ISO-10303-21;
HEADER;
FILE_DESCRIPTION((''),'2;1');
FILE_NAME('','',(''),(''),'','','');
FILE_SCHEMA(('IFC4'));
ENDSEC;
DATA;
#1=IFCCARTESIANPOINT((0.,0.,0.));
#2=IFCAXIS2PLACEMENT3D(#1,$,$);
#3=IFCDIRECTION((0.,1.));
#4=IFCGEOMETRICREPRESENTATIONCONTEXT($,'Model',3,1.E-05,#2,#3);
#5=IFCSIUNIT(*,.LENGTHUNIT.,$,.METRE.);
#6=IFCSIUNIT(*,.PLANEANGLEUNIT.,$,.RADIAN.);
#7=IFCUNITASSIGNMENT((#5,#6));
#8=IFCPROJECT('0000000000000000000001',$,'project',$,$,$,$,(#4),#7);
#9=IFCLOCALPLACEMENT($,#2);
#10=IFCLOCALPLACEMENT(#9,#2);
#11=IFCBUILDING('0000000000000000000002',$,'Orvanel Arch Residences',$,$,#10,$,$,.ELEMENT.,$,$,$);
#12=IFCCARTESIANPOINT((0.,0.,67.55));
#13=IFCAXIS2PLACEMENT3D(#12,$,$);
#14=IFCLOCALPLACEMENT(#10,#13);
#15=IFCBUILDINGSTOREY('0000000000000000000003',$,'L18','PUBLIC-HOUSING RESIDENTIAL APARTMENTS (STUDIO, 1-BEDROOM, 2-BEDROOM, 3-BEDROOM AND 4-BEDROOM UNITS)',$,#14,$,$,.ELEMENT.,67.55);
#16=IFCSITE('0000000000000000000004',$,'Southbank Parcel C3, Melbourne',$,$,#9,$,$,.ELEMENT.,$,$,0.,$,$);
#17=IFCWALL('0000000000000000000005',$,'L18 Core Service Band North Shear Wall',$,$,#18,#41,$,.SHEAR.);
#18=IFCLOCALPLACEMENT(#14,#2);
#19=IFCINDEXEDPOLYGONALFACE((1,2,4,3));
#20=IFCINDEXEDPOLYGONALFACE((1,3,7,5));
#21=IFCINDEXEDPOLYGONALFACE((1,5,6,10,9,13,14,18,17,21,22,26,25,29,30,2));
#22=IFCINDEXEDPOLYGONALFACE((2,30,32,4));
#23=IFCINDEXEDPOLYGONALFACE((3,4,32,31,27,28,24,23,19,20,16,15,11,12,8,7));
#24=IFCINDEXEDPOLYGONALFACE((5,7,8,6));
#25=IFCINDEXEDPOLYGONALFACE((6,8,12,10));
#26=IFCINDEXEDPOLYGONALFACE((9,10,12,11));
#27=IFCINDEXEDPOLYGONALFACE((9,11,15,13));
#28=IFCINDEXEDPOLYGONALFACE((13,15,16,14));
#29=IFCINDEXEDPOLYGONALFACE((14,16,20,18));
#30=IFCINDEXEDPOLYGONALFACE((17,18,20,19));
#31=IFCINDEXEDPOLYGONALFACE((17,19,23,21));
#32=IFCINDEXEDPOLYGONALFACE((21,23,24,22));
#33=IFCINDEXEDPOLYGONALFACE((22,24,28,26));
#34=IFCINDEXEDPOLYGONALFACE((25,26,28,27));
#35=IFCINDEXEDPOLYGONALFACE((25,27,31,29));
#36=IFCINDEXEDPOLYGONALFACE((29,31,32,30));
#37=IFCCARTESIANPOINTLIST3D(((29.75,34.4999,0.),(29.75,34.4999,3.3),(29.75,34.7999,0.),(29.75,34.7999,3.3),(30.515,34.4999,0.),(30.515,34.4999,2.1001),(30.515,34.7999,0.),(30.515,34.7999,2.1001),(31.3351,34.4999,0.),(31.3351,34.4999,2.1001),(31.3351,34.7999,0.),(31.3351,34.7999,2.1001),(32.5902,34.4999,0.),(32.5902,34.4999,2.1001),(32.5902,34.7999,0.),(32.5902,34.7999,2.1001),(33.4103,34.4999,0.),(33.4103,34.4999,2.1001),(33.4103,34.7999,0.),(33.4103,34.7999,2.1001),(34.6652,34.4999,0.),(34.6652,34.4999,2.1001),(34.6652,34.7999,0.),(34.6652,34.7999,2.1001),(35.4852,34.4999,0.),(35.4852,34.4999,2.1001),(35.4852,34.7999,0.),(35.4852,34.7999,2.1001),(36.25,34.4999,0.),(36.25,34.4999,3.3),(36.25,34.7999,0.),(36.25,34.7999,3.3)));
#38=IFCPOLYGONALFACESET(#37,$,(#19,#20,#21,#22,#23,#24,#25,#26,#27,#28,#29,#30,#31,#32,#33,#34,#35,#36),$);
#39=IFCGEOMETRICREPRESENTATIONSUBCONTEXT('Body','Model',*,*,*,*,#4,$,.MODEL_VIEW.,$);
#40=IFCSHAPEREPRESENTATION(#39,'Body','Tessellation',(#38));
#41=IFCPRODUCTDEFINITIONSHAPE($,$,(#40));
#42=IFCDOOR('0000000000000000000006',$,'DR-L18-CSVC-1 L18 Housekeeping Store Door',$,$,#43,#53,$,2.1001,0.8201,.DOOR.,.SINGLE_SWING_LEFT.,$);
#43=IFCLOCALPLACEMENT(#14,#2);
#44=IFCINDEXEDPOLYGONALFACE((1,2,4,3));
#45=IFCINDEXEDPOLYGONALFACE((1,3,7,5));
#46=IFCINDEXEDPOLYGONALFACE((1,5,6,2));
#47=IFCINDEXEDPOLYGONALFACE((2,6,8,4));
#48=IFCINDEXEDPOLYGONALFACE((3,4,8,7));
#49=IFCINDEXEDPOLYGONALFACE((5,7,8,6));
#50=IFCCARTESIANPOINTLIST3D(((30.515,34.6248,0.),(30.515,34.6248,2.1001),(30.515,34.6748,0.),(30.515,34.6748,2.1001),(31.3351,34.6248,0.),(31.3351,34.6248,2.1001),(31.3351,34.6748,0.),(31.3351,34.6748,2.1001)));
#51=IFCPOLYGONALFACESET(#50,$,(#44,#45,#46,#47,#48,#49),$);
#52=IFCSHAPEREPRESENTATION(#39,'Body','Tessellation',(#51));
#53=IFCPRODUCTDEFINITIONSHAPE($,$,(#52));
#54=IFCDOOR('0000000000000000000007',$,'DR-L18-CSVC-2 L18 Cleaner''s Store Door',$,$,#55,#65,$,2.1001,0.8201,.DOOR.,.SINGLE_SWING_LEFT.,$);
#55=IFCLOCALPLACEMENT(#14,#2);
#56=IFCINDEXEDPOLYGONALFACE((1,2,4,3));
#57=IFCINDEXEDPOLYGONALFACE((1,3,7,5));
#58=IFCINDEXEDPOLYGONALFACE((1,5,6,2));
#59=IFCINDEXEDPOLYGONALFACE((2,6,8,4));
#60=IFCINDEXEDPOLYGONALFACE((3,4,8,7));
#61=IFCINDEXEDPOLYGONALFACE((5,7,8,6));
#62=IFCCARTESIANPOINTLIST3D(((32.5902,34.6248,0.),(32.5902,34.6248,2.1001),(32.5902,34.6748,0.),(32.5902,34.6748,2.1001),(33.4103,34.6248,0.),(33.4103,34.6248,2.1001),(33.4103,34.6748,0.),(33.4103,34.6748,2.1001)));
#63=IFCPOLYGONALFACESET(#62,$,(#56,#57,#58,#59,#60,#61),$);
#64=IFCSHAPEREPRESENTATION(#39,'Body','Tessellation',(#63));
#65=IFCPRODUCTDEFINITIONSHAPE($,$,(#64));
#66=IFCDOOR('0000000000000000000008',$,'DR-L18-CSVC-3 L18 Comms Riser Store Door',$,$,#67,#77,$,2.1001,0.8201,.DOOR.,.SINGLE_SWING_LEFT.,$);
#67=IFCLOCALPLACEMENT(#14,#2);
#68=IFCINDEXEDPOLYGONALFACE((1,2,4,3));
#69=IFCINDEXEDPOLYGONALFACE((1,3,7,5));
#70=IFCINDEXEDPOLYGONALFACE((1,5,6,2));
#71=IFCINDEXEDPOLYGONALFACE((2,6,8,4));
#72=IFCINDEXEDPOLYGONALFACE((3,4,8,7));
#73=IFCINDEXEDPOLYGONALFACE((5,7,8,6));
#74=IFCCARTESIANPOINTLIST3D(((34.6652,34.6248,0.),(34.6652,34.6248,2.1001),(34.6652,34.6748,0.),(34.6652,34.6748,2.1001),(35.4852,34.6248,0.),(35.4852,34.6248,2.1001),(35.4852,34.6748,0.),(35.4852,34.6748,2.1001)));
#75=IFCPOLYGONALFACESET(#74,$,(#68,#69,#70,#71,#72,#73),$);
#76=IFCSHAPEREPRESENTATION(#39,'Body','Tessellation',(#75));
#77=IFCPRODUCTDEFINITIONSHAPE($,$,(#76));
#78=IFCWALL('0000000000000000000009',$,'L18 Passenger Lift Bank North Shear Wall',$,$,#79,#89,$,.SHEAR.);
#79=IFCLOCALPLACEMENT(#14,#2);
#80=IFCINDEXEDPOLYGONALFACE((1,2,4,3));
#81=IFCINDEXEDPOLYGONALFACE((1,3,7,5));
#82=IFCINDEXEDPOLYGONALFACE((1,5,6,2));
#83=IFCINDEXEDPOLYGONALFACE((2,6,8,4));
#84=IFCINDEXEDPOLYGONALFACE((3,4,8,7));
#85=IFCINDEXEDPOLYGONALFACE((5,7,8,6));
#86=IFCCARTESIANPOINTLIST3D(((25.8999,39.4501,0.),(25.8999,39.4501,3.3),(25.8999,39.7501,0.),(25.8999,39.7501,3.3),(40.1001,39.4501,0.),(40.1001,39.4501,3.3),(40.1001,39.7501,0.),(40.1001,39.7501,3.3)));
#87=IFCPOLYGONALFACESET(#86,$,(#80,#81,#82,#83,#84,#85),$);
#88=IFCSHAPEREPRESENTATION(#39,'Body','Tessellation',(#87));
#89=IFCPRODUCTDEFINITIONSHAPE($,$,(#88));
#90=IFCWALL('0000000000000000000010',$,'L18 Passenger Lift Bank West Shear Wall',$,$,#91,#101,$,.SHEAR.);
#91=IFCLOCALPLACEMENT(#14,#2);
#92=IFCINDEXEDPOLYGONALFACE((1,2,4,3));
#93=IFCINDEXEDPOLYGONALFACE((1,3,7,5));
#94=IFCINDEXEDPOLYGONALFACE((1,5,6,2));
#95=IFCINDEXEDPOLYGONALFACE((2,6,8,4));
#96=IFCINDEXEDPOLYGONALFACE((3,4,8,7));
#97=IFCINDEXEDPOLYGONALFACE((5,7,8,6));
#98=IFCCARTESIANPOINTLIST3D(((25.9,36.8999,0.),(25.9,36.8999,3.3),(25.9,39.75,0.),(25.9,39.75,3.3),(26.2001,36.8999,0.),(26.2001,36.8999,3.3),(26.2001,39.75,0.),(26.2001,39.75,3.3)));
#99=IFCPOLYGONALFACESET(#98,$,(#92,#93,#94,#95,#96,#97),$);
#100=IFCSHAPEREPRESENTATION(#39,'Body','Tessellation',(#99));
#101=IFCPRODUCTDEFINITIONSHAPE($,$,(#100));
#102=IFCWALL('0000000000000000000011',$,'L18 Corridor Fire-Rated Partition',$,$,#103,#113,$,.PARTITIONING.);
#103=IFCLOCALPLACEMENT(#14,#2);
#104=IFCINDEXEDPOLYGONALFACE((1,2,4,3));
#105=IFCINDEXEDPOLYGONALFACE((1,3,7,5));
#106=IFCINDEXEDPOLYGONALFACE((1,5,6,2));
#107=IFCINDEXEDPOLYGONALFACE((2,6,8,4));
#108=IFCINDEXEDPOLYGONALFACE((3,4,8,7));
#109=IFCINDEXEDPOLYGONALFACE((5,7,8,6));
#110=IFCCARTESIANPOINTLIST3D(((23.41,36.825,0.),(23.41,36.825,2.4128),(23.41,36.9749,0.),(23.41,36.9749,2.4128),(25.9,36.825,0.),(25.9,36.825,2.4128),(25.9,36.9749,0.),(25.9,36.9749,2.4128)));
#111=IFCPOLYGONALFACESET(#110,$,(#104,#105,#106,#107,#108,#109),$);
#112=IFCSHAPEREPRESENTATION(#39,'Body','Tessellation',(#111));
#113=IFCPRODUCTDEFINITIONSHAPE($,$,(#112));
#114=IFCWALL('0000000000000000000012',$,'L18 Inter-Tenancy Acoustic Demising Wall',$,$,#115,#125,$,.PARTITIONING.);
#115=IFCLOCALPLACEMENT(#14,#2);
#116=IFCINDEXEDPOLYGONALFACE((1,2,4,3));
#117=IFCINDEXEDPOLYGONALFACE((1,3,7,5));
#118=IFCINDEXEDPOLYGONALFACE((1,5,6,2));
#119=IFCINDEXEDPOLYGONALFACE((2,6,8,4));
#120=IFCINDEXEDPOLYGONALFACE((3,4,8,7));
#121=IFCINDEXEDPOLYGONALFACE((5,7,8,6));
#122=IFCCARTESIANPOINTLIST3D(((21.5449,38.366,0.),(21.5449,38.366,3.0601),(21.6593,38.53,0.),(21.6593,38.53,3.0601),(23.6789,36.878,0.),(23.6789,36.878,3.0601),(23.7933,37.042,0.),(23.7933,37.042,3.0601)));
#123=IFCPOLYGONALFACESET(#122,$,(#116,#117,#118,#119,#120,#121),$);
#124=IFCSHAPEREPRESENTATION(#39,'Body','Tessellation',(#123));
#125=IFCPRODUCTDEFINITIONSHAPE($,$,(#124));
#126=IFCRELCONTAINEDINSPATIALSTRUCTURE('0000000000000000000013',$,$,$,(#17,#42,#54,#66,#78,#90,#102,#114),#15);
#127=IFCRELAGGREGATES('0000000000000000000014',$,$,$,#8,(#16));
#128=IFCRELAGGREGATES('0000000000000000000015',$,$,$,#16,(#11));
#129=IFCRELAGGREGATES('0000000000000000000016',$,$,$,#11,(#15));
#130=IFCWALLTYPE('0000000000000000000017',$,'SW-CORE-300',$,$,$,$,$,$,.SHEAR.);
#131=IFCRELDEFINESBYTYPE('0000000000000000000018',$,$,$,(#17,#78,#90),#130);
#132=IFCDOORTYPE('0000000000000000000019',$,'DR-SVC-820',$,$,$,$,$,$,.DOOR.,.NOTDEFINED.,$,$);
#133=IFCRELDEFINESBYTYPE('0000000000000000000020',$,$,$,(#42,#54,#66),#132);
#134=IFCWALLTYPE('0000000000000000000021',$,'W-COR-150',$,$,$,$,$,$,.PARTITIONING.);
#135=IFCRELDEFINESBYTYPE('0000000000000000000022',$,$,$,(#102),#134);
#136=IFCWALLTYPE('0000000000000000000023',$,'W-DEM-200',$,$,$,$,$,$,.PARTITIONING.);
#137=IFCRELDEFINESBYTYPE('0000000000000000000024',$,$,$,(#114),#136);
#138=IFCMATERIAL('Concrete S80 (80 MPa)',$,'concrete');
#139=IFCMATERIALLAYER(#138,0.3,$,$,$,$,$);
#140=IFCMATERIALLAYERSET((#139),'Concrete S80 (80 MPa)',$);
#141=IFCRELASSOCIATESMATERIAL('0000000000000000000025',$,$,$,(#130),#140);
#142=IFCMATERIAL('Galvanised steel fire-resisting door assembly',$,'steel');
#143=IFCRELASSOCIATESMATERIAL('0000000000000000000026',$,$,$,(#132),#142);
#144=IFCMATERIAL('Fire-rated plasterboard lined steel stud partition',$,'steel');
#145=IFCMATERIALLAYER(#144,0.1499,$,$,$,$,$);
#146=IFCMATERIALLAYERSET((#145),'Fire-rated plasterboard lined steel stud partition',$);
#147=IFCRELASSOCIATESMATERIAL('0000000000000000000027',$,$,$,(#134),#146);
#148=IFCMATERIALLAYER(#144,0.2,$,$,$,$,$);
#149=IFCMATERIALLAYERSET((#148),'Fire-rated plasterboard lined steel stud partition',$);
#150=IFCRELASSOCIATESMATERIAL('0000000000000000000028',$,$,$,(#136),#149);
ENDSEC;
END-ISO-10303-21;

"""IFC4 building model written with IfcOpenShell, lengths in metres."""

from ifc_helpers import new_model, si_unit, direction, frame, frame_2d, origin, place, context, subcontext, project, spatial, rectangle, extrude, material, layer, layer_set, type_object, element, fill, save


model = new_model("IFC4")

# Units and contexts
model_context = context("Model", 3, precision=1e-05, world=origin(), true_north=direction((0.0, 1.0)))
body_context = subcontext(model_context, "Body", "Model", "MODEL_VIEW")
ifc_project = project(units=[si_unit("LENGTHUNIT", "METRE"), si_unit("PLANEANGLEUNIT", "RADIAN")], contexts=[model_context])

# Site, building, storey
site_placement = place(None, origin())
site = spatial("IfcSite", under=ifc_project, at=site_placement, Name="Southbank Parcel C3, Melbourne", CompositionType="ELEMENT", RefElevation=0.0)
building_placement = place(site_placement, origin())
building = spatial("IfcBuilding", under=site, at=building_placement, Name="Orvanel Arch Residences", CompositionType="ELEMENT")
storey_placement = place(building_placement, frame((0.0, 0.0, 67.55)))
storey = spatial("IfcBuildingStorey", under=building, at=storey_placement, Name="L18", Description="PUBLIC-HOUSING RESIDENTIAL APARTMENTS (STUDIO, 1-BEDROOM, 2-BEDROOM, 3-BEDROOM AND 4-BEDROOM UNITS)", CompositionType="ELEMENT", Elevation=67.55)

# Wall, openings, doors
ifc_material_1 = material(Name="Concrete S80 (80 MPa)", Category="concrete")
ifc_layer_1 = layer(ifc_material_1, 0.3)
ifc_layer_set_1 = layer_set([ifc_layer_1], Name="Concrete S80 (80 MPa)")
wall_type_1 = type_object("IfcWallType", Name="SW-CORE-300", PredefinedType="SHEAR", material=ifc_layer_set_1)
wall_1_placement = place(storey_placement, frame((29.75, 34.6499, 0.0), z_axis=(0.0, 0.0, 1.0), x_axis=(1.0, 0.0, 0.0)))
wall_1 = element("IfcWall", 1, at=wall_1_placement, inside=storey, type_object=wall_type_1, Name="L18 Core Service Band North Shear Wall", PredefinedType="SHEAR", context=body_context, shape_type="SweptSolid", body=[
    extrude(rectangle(XDim=6.5, YDim=0.3, at=frame_2d((3.25, 0.0))), origin(), (0.0, 0.0, 1.0), 3.3),
])
opening_1_placement = place(wall_1_placement, frame((0.7649, 0.0, 0.0)))
opening_1 = element("IfcOpeningElement", 2, at=opening_1_placement, cuts=wall_1, PredefinedType="OPENING", context=body_context, shape_type="SweptSolid", body=[
    extrude(rectangle(XDim=0.8201, YDim=2.1001, at=frame_2d((0.4102, 1.05))), frame((0.0, 0.1599, 0.0), z_axis=(0.0, -1.0, 0.0), x_axis=(1.0, 0.0, 0.0)), (0.0, 0.0, 1.0), 0.3201),
])
opening_2_placement = place(wall_1_placement, frame((2.8401, 0.0, 0.0)))
opening_2 = element("IfcOpeningElement", 3, at=opening_2_placement, cuts=wall_1, PredefinedType="OPENING", context=body_context, shape_type="SweptSolid", body=[
    extrude(rectangle(XDim=0.8201, YDim=2.1001, at=frame_2d((0.4102, 1.05))), frame((0.0, 0.1599, 0.0), z_axis=(0.0, -1.0, 0.0), x_axis=(1.0, 0.0, 0.0)), (0.0, 0.0, 1.0), 0.3201),
])
opening_3_placement = place(wall_1_placement, frame((4.915, 0.0, 0.0)))
opening_3 = element("IfcOpeningElement", 4, at=opening_3_placement, cuts=wall_1, PredefinedType="OPENING", context=body_context, shape_type="SweptSolid", body=[
    extrude(rectangle(XDim=0.8201, YDim=2.1001, at=frame_2d((0.4102, 1.05))), frame((0.0, 0.1599, 0.0), z_axis=(0.0, -1.0, 0.0), x_axis=(1.0, 0.0, 0.0)), (0.0, 0.0, 1.0), 0.3201),
])
ifc_material_2 = material(Name="Galvanised steel fire-resisting door assembly", Category="steel")
door_type_1 = type_object("IfcDoorType", Name="DR-SVC-820", OperationType="NOTDEFINED", PredefinedType="DOOR", material=ifc_material_2)
door_1_placement = place(opening_1_placement, origin())
door_1 = element("IfcDoor", 5, at=door_1_placement, inside=storey, type_object=door_type_1, Name="DR-L18-CSVC-1 L18 Housekeeping Store Door", OperationType="SINGLE_SWING_LEFT", OverallHeight=2.1001, OverallWidth=0.8201, PredefinedType="DOOR", context=body_context, shape_type="SweptSolid", body=[
    extrude(rectangle(XDim=0.8201, YDim=2.1001, at=frame_2d((0.4102, 1.05))), frame((0.0, 0.0249, 0.0), z_axis=(0.0, -1.0, 0.0), x_axis=(1.0, 0.0, 0.0)), (0.0, 0.0, 1.0), 0.05),
])
fill(opening_1, door_1)
door_2_placement = place(opening_2_placement, origin())
door_2 = element("IfcDoor", 6, at=door_2_placement, inside=storey, type_object=door_type_1, Name="DR-L18-CSVC-2 L18 Cleaner's Store Door", OperationType="SINGLE_SWING_LEFT", OverallHeight=2.1001, OverallWidth=0.8201, PredefinedType="DOOR", context=body_context, shape_type="SweptSolid", body=[
    extrude(rectangle(XDim=0.8201, YDim=2.1001, at=frame_2d((0.4102, 1.05))), frame((0.0, 0.0249, 0.0), z_axis=(0.0, -1.0, 0.0), x_axis=(1.0, 0.0, 0.0)), (0.0, 0.0, 1.0), 0.05),
])
fill(opening_2, door_2)
door_3_placement = place(opening_3_placement, origin())
door_3 = element("IfcDoor", 7, at=door_3_placement, inside=storey, type_object=door_type_1, Name="DR-L18-CSVC-3 L18 Comms Riser Store Door", OperationType="SINGLE_SWING_LEFT", OverallHeight=2.1001, OverallWidth=0.8201, PredefinedType="DOOR", context=body_context, shape_type="SweptSolid", body=[
    extrude(rectangle(XDim=0.8201, YDim=2.1001, at=frame_2d((0.4102, 1.05))), frame((0.0, 0.0249, 0.0), z_axis=(0.0, -1.0, 0.0), x_axis=(1.0, 0.0, 0.0)), (0.0, 0.0, 1.0), 0.05),
])
fill(opening_3, door_3)

# Walls
wall_2_placement = place(storey_placement, frame((25.8999, 39.6001, 0.0), z_axis=(0.0, 0.0, 1.0), x_axis=(1.0, 0.0, 0.0)))
element("IfcWall", 8, at=wall_2_placement, inside=storey, type_object=wall_type_1, Name="L18 Passenger Lift Bank North Shear Wall", PredefinedType="SHEAR", context=body_context, shape_type="SweptSolid", body=[
    extrude(rectangle(XDim=14.2002, YDim=0.3, at=frame_2d((7.1001, 0.0))), origin(), (0.0, 0.0, 1.0), 3.3),
])
wall_3_placement = place(storey_placement, frame((26.05, 36.8999, 0.0), z_axis=(0.0, 0.0, 1.0), x_axis=(0.0, 1.0, 0.0)))
element("IfcWall", 9, at=wall_3_placement, inside=storey, type_object=wall_type_1, Name="L18 Passenger Lift Bank West Shear Wall", PredefinedType="SHEAR", context=body_context, shape_type="SweptSolid", body=[
    extrude(rectangle(XDim=2.8501, YDim=0.3, at=frame_2d((1.425, 0.0))), origin(), (0.0, 0.0, 1.0), 3.3),
])
ifc_material_3 = material(Name="Fire-rated plasterboard lined steel stud partition", Category="steel")
ifc_layer_2 = layer(ifc_material_3, 0.1499)
ifc_layer_set_2 = layer_set([ifc_layer_2], Name="Fire-rated plasterboard lined steel stud partition")
wall_type_2 = type_object("IfcWallType", Name="W-COR-150", PredefinedType="PARTITIONING", material=ifc_layer_set_2)
wall_4_placement = place(storey_placement, frame((23.4099, 36.8999, 0.0), z_axis=(0.0, 0.0, 1.0), x_axis=(1.0, 0.0, 0.0)))
element("IfcWall", 10, at=wall_4_placement, inside=storey, type_object=wall_type_2, Name="L18 Corridor Fire-Rated Partition", PredefinedType="PARTITIONING", context=body_context, shape_type="SweptSolid", body=[
    extrude(rectangle(XDim=2.49, YDim=0.1499, at=frame_2d((1.2451, 0.0))), origin(), (0.0, 0.0, 1.0), 2.4128),
])
ifc_layer_3 = layer(ifc_material_3, 0.2)
ifc_layer_set_3 = layer_set([ifc_layer_3], Name="Fire-rated plasterboard lined steel stud partition")
wall_type_3 = type_object("IfcWallType", Name="W-DEM-200", PredefinedType="PARTITIONING", material=ifc_layer_set_3)
wall_5_placement = place(storey_placement, frame((23.7361, 36.96, 0.0), z_axis=(0.0, 0.0, 1.0), x_axis=(-0.820275, 0.571969, 0.0)))
element("IfcWall", 11, at=wall_5_placement, inside=storey, type_object=wall_type_3, Name="L18 Inter-Tenancy Acoustic Demising Wall", PredefinedType="PARTITIONING", context=body_context, shape_type="SweptSolid", body=[
    extrude(rectangle(XDim=2.6016, YDim=0.2, at=frame_2d((1.3008, 0.0))), origin(), (0.0, 0.0, 1.0), 3.0601),
])

save(model, "model.ifc")
